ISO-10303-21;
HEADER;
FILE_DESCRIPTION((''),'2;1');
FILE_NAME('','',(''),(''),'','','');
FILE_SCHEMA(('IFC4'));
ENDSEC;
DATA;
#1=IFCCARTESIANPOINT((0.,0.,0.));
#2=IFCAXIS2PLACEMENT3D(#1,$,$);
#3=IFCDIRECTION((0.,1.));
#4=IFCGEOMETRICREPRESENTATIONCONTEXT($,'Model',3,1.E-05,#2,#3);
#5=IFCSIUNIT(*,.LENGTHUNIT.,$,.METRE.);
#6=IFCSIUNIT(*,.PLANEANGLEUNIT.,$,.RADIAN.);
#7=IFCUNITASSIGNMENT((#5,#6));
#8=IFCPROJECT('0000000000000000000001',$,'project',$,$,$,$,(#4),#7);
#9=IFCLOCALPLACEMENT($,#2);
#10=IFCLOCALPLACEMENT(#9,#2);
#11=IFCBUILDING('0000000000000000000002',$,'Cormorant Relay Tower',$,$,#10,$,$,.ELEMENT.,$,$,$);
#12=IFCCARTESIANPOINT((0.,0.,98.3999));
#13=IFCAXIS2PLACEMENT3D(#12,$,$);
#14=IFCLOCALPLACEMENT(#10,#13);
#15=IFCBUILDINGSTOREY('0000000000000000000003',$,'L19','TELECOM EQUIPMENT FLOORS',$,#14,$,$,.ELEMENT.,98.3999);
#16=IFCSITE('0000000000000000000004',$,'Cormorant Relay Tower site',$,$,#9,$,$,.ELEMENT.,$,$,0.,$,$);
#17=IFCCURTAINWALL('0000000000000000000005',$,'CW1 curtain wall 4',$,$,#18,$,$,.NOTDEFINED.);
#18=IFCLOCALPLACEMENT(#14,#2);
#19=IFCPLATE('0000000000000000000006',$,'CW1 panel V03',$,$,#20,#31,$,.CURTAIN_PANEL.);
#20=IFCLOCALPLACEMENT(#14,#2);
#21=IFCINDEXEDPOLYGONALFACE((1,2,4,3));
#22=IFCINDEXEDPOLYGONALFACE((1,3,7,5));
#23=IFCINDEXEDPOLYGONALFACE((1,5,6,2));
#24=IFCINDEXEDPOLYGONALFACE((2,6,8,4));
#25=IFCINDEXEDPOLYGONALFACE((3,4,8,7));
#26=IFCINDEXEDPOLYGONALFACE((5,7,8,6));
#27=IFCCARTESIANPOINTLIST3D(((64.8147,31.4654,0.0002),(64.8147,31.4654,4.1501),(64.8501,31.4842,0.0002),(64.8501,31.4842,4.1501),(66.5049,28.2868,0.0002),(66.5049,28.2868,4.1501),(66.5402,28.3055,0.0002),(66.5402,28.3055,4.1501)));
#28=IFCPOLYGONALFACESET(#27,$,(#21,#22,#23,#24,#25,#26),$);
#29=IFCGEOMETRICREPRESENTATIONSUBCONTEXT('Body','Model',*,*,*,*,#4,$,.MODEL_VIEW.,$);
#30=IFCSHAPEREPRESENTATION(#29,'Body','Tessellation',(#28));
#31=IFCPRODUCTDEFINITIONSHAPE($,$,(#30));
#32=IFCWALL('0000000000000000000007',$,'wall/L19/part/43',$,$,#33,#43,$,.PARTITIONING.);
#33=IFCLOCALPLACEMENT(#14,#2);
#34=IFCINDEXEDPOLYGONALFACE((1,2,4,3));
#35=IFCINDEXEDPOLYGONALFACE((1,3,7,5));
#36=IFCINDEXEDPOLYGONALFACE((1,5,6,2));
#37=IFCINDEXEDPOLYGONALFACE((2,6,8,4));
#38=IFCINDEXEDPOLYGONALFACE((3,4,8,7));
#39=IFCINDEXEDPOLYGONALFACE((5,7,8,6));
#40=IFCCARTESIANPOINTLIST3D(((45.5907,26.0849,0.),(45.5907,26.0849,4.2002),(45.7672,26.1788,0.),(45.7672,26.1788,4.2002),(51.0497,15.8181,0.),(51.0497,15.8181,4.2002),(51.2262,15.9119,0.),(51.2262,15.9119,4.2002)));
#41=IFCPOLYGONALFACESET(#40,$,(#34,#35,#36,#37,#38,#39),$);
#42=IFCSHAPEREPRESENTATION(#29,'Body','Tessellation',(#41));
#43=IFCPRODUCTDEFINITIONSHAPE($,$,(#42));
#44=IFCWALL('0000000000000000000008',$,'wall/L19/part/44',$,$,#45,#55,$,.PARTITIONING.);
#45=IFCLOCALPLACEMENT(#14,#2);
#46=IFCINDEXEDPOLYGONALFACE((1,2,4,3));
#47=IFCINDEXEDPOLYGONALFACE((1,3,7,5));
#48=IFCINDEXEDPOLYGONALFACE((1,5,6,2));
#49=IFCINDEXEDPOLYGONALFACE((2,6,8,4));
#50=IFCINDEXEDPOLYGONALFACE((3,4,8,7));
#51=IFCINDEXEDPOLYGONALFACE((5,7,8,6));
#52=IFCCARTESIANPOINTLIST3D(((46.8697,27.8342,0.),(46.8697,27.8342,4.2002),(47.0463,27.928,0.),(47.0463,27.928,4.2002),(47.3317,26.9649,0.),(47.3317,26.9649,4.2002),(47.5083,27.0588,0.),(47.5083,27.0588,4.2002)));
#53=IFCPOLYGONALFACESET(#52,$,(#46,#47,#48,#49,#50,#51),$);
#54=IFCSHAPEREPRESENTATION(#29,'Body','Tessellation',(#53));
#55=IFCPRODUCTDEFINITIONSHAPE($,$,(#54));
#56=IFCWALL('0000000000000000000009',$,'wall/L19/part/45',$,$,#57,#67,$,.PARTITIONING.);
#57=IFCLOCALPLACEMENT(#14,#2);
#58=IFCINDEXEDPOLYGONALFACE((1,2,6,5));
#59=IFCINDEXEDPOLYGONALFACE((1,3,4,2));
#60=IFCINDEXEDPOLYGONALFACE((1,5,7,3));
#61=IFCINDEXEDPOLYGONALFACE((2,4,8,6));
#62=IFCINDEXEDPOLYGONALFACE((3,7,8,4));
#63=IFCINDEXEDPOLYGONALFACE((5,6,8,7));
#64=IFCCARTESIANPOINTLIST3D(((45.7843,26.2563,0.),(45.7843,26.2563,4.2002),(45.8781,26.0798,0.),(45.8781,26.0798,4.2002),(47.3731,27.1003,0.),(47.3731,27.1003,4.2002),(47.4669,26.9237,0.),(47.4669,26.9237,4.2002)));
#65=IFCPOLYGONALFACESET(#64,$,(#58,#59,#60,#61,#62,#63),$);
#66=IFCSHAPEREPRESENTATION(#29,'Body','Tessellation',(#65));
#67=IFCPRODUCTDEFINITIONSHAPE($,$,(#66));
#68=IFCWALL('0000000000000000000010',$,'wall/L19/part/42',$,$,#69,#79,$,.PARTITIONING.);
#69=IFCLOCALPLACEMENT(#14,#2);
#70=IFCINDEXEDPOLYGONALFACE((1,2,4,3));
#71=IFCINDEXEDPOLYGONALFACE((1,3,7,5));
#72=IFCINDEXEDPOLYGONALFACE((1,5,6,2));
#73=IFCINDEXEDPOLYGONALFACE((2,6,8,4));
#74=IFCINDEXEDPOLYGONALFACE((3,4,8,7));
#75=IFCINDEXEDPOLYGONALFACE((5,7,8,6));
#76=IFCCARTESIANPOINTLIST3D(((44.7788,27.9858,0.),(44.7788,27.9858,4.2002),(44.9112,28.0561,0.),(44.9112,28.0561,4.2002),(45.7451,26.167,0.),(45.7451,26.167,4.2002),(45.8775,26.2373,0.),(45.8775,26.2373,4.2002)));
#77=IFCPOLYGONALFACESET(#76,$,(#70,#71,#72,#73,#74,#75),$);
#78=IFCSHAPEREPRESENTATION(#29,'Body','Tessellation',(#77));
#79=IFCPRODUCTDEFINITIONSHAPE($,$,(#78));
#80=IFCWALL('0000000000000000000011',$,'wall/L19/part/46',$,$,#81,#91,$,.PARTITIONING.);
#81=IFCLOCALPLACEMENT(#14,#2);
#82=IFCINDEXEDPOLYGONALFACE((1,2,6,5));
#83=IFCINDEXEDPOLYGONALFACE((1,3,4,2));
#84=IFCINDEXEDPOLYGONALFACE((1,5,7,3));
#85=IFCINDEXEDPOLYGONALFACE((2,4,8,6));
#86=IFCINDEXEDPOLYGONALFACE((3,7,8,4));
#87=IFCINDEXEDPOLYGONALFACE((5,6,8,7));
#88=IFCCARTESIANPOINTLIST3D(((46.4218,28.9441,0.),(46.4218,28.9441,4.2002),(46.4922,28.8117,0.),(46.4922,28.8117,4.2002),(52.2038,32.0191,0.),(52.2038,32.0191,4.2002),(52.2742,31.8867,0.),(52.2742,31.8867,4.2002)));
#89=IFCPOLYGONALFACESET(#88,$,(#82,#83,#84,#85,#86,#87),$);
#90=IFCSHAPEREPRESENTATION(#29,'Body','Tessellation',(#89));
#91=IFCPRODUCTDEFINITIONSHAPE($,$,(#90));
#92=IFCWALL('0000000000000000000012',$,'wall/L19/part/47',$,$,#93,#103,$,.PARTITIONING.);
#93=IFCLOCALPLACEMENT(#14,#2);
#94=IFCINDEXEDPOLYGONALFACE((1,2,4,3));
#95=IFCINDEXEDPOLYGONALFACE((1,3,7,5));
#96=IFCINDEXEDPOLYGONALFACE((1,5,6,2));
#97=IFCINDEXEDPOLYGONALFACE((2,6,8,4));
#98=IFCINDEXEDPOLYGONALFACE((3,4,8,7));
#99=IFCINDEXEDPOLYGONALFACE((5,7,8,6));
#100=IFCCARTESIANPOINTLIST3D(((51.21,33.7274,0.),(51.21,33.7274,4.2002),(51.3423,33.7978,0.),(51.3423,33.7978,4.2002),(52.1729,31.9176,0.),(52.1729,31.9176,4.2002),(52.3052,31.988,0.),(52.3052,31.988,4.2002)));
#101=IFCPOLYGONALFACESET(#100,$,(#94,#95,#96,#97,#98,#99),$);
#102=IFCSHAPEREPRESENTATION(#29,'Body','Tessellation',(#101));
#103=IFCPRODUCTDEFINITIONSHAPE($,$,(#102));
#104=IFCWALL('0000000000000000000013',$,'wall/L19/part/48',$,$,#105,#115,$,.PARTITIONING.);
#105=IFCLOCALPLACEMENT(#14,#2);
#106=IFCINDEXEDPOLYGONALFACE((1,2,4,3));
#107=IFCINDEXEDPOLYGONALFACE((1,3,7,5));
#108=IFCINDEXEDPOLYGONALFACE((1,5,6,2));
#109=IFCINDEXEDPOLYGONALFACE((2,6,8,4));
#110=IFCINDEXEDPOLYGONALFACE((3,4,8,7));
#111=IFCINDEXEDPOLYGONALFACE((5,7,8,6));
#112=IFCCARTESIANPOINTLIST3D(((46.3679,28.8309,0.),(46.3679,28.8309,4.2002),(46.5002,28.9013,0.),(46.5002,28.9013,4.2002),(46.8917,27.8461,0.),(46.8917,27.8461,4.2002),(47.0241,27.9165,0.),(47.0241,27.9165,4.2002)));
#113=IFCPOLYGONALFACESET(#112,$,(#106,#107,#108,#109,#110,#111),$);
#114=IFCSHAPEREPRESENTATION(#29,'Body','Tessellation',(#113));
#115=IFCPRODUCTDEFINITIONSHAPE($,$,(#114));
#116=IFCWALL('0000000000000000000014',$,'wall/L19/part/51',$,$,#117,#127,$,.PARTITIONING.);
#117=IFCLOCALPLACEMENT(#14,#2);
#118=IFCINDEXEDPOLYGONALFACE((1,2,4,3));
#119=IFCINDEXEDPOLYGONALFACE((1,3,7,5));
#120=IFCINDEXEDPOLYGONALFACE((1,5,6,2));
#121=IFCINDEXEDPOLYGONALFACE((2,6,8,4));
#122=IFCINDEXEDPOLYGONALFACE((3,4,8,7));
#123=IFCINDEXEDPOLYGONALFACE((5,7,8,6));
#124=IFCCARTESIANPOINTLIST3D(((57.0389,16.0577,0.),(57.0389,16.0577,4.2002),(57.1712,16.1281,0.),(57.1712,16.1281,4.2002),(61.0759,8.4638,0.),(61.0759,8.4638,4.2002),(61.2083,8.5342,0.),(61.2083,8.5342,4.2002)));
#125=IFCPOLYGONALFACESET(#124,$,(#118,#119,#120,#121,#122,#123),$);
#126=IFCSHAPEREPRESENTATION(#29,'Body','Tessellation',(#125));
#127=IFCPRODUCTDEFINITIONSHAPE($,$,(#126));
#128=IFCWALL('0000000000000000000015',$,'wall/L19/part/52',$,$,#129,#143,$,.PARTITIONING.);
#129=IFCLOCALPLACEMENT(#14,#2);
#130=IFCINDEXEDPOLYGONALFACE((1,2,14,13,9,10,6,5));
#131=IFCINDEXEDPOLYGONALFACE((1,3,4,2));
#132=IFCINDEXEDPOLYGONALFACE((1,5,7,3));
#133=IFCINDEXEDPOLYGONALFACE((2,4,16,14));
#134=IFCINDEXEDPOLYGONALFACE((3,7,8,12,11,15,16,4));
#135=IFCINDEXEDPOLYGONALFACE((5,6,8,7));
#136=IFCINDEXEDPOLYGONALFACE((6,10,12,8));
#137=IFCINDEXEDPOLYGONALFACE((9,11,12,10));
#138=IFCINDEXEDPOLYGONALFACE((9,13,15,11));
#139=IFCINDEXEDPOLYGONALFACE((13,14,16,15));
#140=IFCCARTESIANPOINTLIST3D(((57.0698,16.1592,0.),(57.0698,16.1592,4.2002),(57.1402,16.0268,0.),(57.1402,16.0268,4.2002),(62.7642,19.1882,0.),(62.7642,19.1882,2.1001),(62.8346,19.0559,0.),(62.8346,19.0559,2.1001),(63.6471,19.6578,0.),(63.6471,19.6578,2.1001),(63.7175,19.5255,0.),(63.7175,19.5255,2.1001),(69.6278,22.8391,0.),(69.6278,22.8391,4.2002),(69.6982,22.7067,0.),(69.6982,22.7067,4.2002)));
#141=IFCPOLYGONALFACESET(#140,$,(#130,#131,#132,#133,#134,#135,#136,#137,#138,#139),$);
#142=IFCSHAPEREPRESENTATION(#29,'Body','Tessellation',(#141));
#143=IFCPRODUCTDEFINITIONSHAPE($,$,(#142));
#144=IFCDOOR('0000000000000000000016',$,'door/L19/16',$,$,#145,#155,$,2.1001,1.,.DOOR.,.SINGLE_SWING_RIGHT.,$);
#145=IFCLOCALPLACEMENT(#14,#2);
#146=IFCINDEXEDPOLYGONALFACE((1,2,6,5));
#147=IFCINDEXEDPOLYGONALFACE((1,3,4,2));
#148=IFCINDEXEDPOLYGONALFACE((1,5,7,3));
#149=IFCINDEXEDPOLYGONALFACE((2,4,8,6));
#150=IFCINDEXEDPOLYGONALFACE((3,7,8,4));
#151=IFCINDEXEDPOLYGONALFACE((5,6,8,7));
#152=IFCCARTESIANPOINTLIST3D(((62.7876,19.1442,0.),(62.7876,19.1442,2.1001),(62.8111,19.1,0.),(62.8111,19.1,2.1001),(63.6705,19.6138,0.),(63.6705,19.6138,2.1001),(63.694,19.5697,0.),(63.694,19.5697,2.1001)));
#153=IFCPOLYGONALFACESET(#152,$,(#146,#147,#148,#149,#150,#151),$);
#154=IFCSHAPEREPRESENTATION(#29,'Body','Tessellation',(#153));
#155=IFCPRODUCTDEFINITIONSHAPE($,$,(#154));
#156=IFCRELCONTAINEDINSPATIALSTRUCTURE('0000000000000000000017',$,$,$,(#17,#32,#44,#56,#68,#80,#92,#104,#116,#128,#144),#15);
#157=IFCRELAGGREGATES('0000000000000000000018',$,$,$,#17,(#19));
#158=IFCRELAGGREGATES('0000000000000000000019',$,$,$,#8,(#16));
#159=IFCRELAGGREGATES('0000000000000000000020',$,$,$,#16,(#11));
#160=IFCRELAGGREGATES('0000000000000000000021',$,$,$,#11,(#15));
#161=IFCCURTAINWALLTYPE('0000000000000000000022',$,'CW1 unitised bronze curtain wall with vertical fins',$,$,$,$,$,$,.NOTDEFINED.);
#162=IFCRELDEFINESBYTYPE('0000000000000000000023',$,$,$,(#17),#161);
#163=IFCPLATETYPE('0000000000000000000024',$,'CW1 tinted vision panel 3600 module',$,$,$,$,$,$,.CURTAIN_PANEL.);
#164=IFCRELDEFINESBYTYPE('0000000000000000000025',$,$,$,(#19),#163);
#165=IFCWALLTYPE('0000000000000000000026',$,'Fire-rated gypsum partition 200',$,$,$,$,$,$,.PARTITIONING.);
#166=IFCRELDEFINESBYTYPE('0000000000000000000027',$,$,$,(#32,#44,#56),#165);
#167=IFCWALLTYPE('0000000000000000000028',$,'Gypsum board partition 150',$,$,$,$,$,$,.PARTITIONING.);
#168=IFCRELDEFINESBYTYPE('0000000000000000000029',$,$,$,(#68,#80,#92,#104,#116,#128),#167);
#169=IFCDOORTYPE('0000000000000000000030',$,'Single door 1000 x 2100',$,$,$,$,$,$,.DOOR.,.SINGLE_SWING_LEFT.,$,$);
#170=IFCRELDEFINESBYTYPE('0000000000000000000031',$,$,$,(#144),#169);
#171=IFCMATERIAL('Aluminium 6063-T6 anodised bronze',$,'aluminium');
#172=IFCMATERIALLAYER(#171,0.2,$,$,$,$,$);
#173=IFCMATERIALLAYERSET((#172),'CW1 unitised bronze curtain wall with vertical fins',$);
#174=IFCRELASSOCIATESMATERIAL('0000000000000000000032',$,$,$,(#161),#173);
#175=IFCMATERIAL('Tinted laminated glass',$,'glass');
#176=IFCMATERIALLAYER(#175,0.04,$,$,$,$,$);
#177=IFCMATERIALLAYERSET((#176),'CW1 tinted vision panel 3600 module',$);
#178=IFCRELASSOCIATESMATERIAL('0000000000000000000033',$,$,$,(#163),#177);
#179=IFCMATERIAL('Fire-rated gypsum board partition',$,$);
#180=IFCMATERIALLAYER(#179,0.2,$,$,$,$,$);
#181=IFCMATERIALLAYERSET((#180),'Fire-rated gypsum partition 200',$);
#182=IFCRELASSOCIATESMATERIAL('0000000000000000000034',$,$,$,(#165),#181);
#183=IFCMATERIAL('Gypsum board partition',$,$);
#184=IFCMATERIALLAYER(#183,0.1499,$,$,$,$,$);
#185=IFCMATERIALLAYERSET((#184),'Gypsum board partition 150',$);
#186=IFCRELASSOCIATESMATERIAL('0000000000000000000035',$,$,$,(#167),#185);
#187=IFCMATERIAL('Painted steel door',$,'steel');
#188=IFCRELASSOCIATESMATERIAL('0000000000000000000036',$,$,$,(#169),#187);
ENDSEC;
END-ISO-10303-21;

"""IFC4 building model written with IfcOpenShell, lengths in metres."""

from ifc_helpers import new_model, si_unit, direction, frame, frame_2d, origin, origin_2d, place, context, subcontext, project, spatial, rectangle, extrude, material, layer, layer_set, type_object, element, fill, aggregate, save


model = new_model("IFC4")

# Units and contexts
model_context = context("Model", 3, precision=1e-05, world=origin(), true_north=direction((0.0, 1.0)))
body_context = subcontext(model_context, "Body", "Model", "MODEL_VIEW")
ifc_project = project(units=[si_unit("LENGTHUNIT", "METRE"), si_unit("PLANEANGLEUNIT", "RADIAN")], contexts=[model_context])

# Site, building, storey
site_placement = place(None, origin())
site = spatial("IfcSite", under=ifc_project, at=site_placement, Name="Cormorant Relay Tower site", CompositionType="ELEMENT", RefElevation=0.0)
building_placement = place(site_placement, origin())
building = spatial("IfcBuilding", under=site, at=building_placement, Name="Cormorant Relay Tower", CompositionType="ELEMENT")
storey_placement = place(building_placement, frame((0.0, 0.0, 98.3999)))
storey = spatial("IfcBuildingStorey", under=building, at=storey_placement, Name="L19", Description="TELECOM EQUIPMENT FLOORS", CompositionType="ELEMENT", Elevation=98.3999)

# Curtain wall
ifc_material_1 = material(Name="Aluminium 6063-T6 anodised bronze", Category="aluminium")
ifc_layer_1 = layer(ifc_material_1, 0.2)
ifc_layer_set_1 = layer_set([ifc_layer_1], Name="CW1 unitised bronze curtain wall with vertical fins")
curtain_wall_type = type_object("IfcCurtainWallType", Name="CW1 unitised bronze curtain wall with vertical fins", PredefinedType="NOTDEFINED", material=ifc_layer_set_1)
curtain_wall_placement = place(storey_placement, origin())
curtain_wall = element("IfcCurtainWall", 1, at=curtain_wall_placement, inside=storey, type_object=curtain_wall_type, Name="CW1 curtain wall 4", PredefinedType="NOTDEFINED")

# Plate
ifc_material_2 = material(Name="Tinted laminated glass", Category="glass")
ifc_layer_2 = layer(ifc_material_2, 0.04)
ifc_layer_set_2 = layer_set([ifc_layer_2], Name="CW1 tinted vision panel 3600 module")
plate_type_1 = type_object("IfcPlateType", Name="CW1 tinted vision panel 3600 module", PredefinedType="CURTAIN_PANEL", material=ifc_layer_set_2)
plate_1_placement = place(storey_placement, frame((65.6775, 29.8855, 0.0002), z_axis=(0.0, 0.0, 1.0), x_axis=(-0.469472, 0.882948, 0.0)))
plate_1 = element("IfcPlate", 2, at=plate_1_placement, type_object=plate_type_1, Name="CW1 panel V03", PredefinedType="CURTAIN_PANEL", context=body_context, shape_type="SweptSolid", body=[
    extrude(rectangle(XDim=3.6001, YDim=0.04, at=origin_2d()), origin(), (0.0, 0.0, 1.0), 4.1499),
])

# Walls
ifc_material_3 = material(Name="Fire-rated gypsum board partition")
ifc_layer_3 = layer(ifc_material_3, 0.2)
ifc_layer_set_3 = layer_set([ifc_layer_3], Name="Fire-rated gypsum partition 200")
wall_type_1 = type_object("IfcWallType", Name="Fire-rated gypsum partition 200", PredefinedType="PARTITIONING", material=ifc_layer_set_3)
wall_1_placement = place(storey_placement, frame((45.679, 26.1318, 0.0), z_axis=(0.0, 0.0, 1.0), x_axis=(0.469472, -0.882947, 0.0)))
element("IfcWall", 3, at=wall_1_placement, inside=storey, type_object=wall_type_1, Name="wall/L19/part/43", PredefinedType="PARTITIONING", context=body_context, shape_type="SweptSolid", body=[
    extrude(rectangle(XDim=11.6279, YDim=0.2, at=frame_2d((5.814, 0.0))), origin(), (0.0, 0.0, 1.0), 4.2002),
])
wall_2_placement = place(storey_placement, frame((46.958, 27.8811, 0.0), z_axis=(0.0, 0.0, 1.0), x_axis=(0.4693, -0.883039, 0.0)))
element("IfcWall", 4, at=wall_2_placement, inside=storey, type_object=wall_type_1, Name="wall/L19/part/44", PredefinedType="PARTITIONING", context=body_context, shape_type="SweptSolid", body=[
    extrude(rectangle(XDim=0.9844, YDim=0.2, at=frame_2d((0.4922, 0.0))), origin(), (0.0, 0.0, 1.0), 4.2002),
])
wall_3_placement = place(storey_placement, frame((47.4199, 27.012, 0.0), z_axis=(0.0, 0.0, 1.0), x_axis=(-0.883137, -0.469116, 0.0)))
element("IfcWall", 5, at=wall_3_placement, inside=storey, type_object=wall_type_1, Name="wall/L19/part/45", PredefinedType="PARTITIONING", context=body_context, shape_type="SweptSolid", body=[
    extrude(rectangle(XDim=1.7991, YDim=0.2, at=frame_2d((0.8994, 0.0))), origin(), (0.0, 0.0, 1.0), 4.2002),
])
ifc_material_4 = material(Name="Gypsum board partition")
ifc_layer_4 = layer(ifc_material_4, 0.1499)
ifc_layer_set_4 = layer_set([ifc_layer_4], Name="Gypsum board partition 150")
wall_type_2 = type_object("IfcWallType", Name="Gypsum board partition 150", PredefinedType="PARTITIONING", material=ifc_layer_set_4)
wall_4_placement = place(storey_placement, frame((45.8113, 26.2021, 0.0), z_axis=(0.0, 0.0, 1.0), x_axis=(-0.469173, 0.883107, 0.0)))
element("IfcWall", 6, at=wall_4_placement, inside=storey, type_object=wall_type_2, Name="wall/L19/part/42", PredefinedType="PARTITIONING", context=body_context, shape_type="SweptSolid", body=[
    extrude(rectangle(XDim=2.0596, YDim=0.1499, at=frame_2d((1.0298, 0.0))), origin(), (0.0, 0.0, 1.0), 4.2002),
])
wall_5_placement = place(storey_placement, frame((52.239, 31.9529, 0.0), z_axis=(0.0, 0.0, 1.0), x_axis=(-0.882909, -0.469545, 0.0)))
element("IfcWall", 7, at=wall_5_placement, inside=storey, type_object=wall_type_2, Name="wall/L19/part/46", PredefinedType="PARTITIONING", context=body_context, shape_type="SweptSolid", body=[
    extrude(rectangle(XDim=6.5488, YDim=0.1499, at=frame_2d((3.2744, 0.0))), origin(), (0.0, 0.0, 1.0), 4.2002),
])
wall_6_placement = place(storey_placement, frame((52.239, 31.9529, 0.0), z_axis=(0.0, 0.0, 1.0), x_axis=(-0.469698, 0.882827, 0.0)))
element("IfcWall", 8, at=wall_6_placement, inside=storey, type_object=wall_type_2, Name="wall/L19/part/47", PredefinedType="PARTITIONING", context=body_context, shape_type="SweptSolid", body=[
    extrude(rectangle(XDim=2.05, YDim=0.1499, at=frame_2d((1.0249, 0.0))), origin(), (0.0, 0.0, 1.0), 4.2002),
])
wall_7_placement = place(storey_placement, frame((46.4341, 28.866, 0.0), z_axis=(0.0, 0.0, 1.0), x_axis=(0.469657, -0.882849, 0.0)))
element("IfcWall", 9, at=wall_7_placement, inside=storey, type_object=wall_type_2, Name="wall/L19/part/48", PredefinedType="PARTITIONING", context=body_context, shape_type="SweptSolid", body=[
    extrude(rectangle(XDim=1.1155, YDim=0.1499, at=frame_2d((0.5576, 0.0))), origin(), (0.0, 0.0, 1.0), 4.2002),
])
wall_8_placement = place(storey_placement, frame((57.105, 16.093, 0.0), z_axis=(0.0, 0.0, 1.0), x_axis=(0.469409, -0.882981, 0.0)))
element("IfcWall", 10, at=wall_8_placement, inside=storey, type_object=wall_type_2, Name="wall/L19/part/51", PredefinedType="PARTITIONING", context=body_context, shape_type="SweptSolid", body=[
    extrude(rectangle(XDim=8.6003, YDim=0.1499, at=frame_2d((4.3003, 0.0))), origin(), (0.0, 0.0, 1.0), 4.2002),
])

# Wall, opening, door
wall_9_placement = place(storey_placement, frame((57.105, 16.093, 0.0), z_axis=(0.0, 0.0, 1.0), x_axis=(0.88287, 0.469618, 0.0)))
wall_9 = element("IfcWall", 11, at=wall_9_placement, inside=storey, type_object=wall_type_2, Name="wall/L19/part/52", PredefinedType="PARTITIONING", context=body_context, shape_type="SweptSolid", body=[
    extrude(rectangle(XDim=14.2241, YDim=0.1499, at=frame_2d((7.1121, 0.0))), origin(), (0.0, 0.0, 1.0), 4.2002),
])
opening_1_placement = place(wall_9_placement, frame((6.45, 0.0, 0.0)))
opening_1 = element("IfcOpeningElement", 12, at=opening_1_placement, cuts=wall_9, PredefinedType="OPENING", context=body_context, shape_type="SweptSolid", body=[
    extrude(rectangle(XDim=1.0, YDim=2.1001, at=frame_2d((0.5, 1.05))), frame((0.0, 0.085, 0.0), z_axis=(0.0, -1.0, 0.0), x_axis=(1.0, 0.0, 0.0)), (0.0, 0.0, 1.0), 0.1699),
])
ifc_material_5 = material(Name="Painted steel door", Category="steel")
door_type_1 = type_object("IfcDoorType", Name="Single door 1000 x 2100", OperationType="SINGLE_SWING_LEFT", PredefinedType="DOOR", material=ifc_material_5)
door_1_placement = place(opening_1_placement, frame((1.0, 0.0, 0.0), z_axis=(0.0, 0.0, 1.0), x_axis=(-1.0, 0.0, 0.0)))
door_1 = element("IfcDoor", 13, at=door_1_placement, inside=storey, type_object=door_type_1, Name="door/L19/16", OperationType="SINGLE_SWING_RIGHT", OverallHeight=2.1001, OverallWidth=1.0, PredefinedType="DOOR", context=body_context, shape_type="SweptSolid", body=[
    extrude(rectangle(XDim=1.0, YDim=2.1001, at=frame_2d((0.5, 1.05))), frame((0.0, 0.0249, 0.0), z_axis=(0.0, -1.0, 0.0), x_axis=(1.0, 0.0, 0.0)), (0.0, 0.0, 1.0), 0.05),
])
fill(opening_1, door_1)

aggregate(curtain_wall, [plate_1])

save(model, "model.ifc")
